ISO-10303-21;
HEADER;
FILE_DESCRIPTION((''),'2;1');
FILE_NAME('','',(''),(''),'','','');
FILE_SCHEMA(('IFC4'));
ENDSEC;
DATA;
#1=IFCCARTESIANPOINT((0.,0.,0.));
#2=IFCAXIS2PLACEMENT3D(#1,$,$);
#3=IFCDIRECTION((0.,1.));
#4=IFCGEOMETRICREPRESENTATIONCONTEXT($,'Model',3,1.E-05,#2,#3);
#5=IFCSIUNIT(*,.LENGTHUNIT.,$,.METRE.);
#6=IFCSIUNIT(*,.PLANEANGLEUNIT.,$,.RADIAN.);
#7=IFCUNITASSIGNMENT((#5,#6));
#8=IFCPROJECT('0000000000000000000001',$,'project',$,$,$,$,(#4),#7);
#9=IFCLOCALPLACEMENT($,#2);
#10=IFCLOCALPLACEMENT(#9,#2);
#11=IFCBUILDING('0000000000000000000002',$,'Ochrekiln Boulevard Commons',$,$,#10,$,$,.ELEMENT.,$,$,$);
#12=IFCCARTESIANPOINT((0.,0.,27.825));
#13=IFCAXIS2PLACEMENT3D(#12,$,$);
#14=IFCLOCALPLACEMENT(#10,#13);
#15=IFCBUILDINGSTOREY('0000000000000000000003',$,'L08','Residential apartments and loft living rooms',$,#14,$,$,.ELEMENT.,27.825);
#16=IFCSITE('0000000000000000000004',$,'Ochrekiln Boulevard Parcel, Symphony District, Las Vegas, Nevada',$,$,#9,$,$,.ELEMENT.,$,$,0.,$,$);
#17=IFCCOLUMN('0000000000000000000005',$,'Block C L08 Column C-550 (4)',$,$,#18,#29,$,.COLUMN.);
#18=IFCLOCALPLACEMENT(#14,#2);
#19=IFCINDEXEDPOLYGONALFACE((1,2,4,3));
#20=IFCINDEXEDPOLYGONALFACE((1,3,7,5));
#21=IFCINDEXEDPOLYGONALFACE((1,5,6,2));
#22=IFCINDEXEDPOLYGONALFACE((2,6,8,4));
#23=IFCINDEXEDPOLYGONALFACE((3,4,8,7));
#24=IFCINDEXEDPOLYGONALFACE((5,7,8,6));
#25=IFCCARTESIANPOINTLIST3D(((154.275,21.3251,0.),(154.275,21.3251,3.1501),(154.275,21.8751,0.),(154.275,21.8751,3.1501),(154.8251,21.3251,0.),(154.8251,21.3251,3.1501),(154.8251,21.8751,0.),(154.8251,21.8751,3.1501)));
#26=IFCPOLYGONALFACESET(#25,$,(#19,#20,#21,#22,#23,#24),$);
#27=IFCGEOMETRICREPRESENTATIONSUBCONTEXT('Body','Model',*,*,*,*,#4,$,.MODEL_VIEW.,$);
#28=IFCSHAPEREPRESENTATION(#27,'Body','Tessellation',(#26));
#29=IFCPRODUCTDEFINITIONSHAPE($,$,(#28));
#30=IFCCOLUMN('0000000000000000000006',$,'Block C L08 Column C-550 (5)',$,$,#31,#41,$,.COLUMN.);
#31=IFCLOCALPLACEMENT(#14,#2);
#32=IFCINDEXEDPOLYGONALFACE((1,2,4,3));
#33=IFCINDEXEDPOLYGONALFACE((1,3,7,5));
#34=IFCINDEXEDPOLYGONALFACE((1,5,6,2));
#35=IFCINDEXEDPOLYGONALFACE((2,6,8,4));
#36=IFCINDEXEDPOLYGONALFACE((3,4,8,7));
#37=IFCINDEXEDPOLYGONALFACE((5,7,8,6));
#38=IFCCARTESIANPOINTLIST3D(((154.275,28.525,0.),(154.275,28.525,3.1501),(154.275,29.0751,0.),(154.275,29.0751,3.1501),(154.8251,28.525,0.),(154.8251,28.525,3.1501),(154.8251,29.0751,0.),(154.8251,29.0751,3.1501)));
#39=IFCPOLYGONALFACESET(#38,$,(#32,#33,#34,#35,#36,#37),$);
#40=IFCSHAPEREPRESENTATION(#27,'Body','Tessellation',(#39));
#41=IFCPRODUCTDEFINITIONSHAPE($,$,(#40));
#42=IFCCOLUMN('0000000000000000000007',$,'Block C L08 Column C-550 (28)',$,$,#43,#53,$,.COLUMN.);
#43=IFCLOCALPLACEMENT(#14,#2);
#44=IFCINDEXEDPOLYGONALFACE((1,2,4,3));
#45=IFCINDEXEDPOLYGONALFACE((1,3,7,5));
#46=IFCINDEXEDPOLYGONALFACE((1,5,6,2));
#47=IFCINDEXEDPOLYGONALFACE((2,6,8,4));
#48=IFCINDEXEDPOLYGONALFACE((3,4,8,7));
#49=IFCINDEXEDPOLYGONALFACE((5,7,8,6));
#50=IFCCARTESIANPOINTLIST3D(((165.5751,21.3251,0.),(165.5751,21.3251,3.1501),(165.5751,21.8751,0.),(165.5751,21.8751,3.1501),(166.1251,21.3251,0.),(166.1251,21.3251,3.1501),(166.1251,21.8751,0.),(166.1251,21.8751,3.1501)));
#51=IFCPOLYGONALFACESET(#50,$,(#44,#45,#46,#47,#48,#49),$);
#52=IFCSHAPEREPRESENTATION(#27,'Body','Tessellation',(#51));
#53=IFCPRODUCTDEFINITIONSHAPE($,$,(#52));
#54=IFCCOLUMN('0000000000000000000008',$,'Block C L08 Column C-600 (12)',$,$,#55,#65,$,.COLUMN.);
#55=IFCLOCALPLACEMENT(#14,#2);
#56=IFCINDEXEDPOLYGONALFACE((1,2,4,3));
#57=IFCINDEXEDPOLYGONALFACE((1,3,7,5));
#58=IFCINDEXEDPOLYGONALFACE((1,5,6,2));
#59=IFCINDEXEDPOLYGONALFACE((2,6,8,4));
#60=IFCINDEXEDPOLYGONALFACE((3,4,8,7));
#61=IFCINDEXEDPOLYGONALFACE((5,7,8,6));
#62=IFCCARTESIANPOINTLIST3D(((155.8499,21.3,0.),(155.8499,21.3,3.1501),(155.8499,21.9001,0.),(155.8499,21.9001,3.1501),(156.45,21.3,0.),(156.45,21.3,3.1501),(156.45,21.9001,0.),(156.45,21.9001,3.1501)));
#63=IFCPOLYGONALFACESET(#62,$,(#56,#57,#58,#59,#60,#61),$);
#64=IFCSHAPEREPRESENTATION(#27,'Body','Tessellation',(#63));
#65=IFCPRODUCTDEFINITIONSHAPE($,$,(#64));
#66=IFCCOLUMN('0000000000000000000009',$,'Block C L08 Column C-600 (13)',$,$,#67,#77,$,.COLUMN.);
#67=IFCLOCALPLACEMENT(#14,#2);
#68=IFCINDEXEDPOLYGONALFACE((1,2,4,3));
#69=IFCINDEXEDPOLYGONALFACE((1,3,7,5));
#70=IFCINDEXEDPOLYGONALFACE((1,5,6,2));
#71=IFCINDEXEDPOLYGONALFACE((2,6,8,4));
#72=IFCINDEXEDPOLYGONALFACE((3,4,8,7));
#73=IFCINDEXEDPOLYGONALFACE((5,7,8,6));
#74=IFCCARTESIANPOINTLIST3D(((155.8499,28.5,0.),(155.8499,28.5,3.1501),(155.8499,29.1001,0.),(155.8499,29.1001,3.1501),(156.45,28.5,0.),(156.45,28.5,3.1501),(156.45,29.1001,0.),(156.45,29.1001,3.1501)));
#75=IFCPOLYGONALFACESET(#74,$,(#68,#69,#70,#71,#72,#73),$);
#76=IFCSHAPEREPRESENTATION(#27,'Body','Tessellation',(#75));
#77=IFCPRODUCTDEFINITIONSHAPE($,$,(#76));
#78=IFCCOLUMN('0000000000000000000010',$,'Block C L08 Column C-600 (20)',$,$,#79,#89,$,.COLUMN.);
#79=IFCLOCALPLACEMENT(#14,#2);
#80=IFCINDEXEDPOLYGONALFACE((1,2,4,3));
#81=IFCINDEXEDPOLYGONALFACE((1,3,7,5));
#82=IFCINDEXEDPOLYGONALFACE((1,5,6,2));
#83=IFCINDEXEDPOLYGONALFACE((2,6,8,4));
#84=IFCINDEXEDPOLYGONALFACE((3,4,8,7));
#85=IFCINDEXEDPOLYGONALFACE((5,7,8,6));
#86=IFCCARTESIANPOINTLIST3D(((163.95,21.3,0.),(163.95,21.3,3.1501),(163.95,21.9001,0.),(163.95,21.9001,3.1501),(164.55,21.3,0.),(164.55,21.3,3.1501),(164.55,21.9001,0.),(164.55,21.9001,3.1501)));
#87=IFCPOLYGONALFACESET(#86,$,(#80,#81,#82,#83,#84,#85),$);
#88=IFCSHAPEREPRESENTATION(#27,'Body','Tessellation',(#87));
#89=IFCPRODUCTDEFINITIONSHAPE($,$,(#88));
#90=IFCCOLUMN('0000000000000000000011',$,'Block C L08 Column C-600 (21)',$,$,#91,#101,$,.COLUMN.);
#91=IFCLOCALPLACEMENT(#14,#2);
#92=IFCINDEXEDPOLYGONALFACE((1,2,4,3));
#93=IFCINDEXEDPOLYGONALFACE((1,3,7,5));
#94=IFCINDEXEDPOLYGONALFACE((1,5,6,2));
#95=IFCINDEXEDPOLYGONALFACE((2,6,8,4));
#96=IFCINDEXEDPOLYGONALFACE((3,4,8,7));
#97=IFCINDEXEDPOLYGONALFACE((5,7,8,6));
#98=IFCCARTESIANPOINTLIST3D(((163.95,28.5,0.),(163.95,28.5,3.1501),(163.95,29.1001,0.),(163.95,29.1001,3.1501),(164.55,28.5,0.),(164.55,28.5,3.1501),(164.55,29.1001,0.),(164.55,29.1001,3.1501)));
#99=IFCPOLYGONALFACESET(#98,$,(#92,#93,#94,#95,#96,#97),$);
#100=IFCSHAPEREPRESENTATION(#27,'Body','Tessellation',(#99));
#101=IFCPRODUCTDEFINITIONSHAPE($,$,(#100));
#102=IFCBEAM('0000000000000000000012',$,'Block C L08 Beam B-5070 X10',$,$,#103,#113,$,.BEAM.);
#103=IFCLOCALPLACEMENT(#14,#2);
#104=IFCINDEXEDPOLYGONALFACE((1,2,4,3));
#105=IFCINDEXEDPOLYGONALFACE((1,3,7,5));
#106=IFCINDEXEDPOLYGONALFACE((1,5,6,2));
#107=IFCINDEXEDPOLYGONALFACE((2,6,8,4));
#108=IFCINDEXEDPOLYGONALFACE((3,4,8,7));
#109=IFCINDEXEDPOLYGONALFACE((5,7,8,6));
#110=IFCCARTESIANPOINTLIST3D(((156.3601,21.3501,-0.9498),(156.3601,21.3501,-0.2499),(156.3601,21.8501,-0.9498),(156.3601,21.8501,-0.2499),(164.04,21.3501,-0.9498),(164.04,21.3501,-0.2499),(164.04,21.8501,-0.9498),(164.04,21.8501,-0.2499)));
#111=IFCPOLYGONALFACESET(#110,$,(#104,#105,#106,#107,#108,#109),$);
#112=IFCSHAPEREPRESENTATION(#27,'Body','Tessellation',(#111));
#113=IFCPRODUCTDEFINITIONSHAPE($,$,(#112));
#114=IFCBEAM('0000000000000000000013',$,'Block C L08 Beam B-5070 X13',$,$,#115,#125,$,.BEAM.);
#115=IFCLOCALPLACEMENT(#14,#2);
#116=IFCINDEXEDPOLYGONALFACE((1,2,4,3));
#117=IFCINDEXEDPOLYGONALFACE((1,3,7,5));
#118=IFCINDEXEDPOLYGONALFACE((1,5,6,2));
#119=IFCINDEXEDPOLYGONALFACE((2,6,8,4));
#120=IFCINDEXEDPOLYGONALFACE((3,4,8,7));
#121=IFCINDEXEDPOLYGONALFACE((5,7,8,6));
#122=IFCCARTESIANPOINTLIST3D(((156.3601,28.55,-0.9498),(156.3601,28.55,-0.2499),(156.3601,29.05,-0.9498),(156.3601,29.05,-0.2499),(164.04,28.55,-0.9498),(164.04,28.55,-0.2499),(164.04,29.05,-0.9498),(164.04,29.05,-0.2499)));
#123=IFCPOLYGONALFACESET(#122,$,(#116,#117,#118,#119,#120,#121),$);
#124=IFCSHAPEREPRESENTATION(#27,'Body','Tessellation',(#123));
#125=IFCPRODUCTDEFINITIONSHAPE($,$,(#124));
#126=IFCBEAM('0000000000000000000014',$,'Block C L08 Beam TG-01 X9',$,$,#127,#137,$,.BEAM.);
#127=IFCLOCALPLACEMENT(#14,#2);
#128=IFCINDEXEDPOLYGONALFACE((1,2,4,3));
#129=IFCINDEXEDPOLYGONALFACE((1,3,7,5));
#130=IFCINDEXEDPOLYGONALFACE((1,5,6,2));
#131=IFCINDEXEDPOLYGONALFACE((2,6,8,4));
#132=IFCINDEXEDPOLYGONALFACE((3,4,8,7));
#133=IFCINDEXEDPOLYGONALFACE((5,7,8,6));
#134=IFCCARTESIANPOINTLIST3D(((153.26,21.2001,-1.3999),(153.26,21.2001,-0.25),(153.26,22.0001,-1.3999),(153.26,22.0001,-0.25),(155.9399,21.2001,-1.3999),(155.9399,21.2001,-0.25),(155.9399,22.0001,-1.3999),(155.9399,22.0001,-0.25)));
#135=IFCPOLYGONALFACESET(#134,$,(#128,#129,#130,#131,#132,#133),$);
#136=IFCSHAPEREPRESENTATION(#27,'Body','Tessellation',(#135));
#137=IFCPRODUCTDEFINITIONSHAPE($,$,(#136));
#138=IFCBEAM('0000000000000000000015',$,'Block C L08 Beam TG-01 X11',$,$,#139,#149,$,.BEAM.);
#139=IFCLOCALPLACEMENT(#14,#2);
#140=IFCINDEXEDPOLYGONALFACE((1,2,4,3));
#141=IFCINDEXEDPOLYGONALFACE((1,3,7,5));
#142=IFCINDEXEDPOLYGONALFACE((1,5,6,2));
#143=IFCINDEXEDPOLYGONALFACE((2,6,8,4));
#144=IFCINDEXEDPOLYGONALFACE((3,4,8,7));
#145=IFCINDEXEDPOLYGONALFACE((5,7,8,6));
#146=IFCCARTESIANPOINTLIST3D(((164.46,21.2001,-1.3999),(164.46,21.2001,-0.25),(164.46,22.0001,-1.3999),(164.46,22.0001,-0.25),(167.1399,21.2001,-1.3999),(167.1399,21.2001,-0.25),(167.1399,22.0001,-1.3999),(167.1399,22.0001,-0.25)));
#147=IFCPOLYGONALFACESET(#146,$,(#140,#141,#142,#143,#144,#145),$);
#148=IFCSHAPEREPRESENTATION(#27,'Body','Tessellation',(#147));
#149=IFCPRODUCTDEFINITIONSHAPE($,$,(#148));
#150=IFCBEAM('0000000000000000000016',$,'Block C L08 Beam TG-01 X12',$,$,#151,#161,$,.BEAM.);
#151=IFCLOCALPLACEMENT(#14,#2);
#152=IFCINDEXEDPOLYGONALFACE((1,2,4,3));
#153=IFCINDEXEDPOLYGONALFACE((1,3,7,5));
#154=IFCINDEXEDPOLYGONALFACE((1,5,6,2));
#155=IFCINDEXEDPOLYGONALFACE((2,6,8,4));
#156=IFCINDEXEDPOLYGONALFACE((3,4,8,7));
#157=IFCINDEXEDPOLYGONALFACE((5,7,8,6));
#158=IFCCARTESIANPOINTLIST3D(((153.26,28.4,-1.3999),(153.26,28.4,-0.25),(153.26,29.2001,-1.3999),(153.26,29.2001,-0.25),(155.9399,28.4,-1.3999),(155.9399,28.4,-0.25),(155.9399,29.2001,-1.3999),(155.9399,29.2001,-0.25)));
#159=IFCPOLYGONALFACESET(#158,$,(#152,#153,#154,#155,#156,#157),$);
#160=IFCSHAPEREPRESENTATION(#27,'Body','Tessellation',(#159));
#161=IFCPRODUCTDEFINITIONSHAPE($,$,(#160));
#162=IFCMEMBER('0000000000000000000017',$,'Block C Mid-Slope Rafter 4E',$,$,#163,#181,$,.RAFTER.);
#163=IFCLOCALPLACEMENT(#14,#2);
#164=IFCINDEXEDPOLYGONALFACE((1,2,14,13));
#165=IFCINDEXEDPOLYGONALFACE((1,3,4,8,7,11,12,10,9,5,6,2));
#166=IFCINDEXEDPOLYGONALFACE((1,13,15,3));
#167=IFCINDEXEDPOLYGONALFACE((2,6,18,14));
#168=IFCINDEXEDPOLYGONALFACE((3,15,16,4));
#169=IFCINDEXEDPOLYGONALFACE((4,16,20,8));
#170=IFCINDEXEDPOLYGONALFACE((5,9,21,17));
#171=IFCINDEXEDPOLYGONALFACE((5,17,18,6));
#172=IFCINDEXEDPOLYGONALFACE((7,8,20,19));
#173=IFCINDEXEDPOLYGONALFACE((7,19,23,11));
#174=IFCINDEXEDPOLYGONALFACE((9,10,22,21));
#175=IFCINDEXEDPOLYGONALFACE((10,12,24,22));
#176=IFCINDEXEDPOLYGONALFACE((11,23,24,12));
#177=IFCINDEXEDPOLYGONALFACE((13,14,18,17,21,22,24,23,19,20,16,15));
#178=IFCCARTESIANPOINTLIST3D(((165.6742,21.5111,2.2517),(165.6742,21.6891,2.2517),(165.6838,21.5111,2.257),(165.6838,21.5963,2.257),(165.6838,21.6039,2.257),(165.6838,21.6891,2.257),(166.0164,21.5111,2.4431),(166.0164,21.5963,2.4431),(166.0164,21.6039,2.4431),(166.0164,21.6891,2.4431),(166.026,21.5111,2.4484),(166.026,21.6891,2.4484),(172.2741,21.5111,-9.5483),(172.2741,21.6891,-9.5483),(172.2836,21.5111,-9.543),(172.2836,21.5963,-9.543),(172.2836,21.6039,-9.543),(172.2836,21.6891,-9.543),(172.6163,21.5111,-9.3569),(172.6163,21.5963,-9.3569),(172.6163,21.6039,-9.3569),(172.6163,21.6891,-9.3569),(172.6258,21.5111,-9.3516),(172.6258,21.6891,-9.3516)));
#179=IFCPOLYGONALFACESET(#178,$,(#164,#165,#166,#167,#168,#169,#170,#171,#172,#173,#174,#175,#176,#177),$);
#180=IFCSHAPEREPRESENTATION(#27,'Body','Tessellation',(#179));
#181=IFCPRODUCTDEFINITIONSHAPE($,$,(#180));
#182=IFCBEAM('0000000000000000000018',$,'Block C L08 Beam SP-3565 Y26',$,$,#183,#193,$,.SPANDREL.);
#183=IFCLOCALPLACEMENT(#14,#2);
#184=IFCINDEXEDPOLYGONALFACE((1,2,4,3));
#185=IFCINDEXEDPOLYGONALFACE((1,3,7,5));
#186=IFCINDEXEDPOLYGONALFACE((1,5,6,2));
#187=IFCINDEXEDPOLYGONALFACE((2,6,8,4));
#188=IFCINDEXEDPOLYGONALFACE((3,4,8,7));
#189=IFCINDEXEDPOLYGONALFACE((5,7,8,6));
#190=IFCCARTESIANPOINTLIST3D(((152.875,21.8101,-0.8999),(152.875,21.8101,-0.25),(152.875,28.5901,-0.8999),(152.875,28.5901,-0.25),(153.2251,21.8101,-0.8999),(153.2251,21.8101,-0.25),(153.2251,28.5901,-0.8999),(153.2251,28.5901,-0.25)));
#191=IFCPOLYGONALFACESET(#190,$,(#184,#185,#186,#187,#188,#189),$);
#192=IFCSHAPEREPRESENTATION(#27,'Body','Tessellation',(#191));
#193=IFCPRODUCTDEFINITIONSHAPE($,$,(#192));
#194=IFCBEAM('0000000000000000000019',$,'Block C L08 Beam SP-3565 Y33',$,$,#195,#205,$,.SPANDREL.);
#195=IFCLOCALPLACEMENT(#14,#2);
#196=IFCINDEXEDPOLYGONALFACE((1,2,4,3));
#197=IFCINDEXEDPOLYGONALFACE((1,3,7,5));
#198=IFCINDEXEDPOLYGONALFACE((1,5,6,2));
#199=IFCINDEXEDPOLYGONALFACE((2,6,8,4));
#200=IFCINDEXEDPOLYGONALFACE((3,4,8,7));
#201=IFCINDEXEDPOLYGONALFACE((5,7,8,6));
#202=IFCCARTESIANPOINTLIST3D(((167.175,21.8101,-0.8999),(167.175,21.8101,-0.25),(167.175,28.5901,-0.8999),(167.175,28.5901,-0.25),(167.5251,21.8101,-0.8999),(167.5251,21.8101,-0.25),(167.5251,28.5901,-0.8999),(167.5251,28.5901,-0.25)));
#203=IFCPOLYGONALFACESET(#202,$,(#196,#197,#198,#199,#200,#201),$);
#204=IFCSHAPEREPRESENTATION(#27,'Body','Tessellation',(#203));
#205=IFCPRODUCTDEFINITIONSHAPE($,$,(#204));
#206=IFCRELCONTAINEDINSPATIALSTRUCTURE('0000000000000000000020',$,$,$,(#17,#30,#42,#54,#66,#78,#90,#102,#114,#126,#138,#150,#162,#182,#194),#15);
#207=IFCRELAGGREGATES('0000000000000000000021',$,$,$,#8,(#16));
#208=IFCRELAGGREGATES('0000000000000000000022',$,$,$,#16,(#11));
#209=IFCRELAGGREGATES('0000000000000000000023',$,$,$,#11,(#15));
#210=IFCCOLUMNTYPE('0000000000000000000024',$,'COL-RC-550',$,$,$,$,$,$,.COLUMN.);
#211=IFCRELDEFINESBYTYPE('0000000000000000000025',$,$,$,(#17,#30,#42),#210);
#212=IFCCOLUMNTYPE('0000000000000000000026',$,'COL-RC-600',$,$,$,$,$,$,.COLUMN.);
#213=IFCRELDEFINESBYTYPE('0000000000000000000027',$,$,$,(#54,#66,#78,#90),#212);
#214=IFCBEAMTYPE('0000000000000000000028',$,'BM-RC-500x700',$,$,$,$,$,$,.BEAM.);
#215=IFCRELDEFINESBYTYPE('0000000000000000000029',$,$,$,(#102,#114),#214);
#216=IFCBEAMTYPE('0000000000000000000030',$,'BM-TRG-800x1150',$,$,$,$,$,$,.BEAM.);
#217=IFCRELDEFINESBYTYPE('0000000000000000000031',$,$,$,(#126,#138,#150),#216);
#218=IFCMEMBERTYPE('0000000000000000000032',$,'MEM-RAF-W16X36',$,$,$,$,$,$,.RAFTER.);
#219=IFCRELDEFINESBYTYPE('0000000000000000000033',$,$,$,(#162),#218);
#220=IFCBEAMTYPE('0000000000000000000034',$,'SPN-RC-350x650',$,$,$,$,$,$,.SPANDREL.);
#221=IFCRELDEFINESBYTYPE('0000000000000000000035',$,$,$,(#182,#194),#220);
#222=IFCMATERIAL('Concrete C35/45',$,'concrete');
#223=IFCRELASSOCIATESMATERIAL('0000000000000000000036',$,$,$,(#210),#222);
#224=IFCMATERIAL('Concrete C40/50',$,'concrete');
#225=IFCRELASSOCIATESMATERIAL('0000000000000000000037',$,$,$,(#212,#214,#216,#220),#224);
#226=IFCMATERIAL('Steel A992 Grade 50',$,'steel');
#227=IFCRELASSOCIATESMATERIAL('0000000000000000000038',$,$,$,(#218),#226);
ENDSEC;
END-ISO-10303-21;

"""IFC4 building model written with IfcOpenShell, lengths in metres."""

from ifc_helpers import new_model, si_unit, direction, frame, origin, origin_2d, place, context, subcontext, project, spatial, rectangle, i_section, extrude, material, material_profile, profile_set, type_object, element, save


model = new_model("IFC4")

# Units and contexts
model_context = context("Model", 3, precision=1e-05, world=origin(), true_north=direction((0.0, 1.0)))
body_context = subcontext(model_context, "Body", "Model", "MODEL_VIEW")
ifc_project = project(units=[si_unit("LENGTHUNIT", "METRE"), si_unit("PLANEANGLEUNIT", "RADIAN")], contexts=[model_context])

# Site, building, storey
site_placement = place(None, origin())
site = spatial("IfcSite", under=ifc_project, at=site_placement, Name="Ochrekiln Boulevard Parcel, Symphony District, Las Vegas, Nevada", CompositionType="ELEMENT", RefElevation=0.0)
building_placement = place(site_placement, origin())
building = spatial("IfcBuilding", under=site, at=building_placement, Name="Ochrekiln Boulevard Commons", CompositionType="ELEMENT")
storey_placement = place(building_placement, frame((0.0, 0.0, 27.825)))
storey = spatial("IfcBuildingStorey", under=building, at=storey_placement, Name="L08", Description="Residential apartments and loft living rooms", CompositionType="ELEMENT", Elevation=27.825)

# Columns
ifc_material_1 = material(Name="Concrete C35/45", Category="concrete")
ifc_material_profile_1 = material_profile(ifc_material_1, rectangle(XDim=0.55, YDim=0.55, at=origin_2d()), Name="RC-COL-550x550")
ifc_profile_set_1 = profile_set([ifc_material_profile_1], Name="Concrete C35/45")
column_type_1 = type_object("IfcColumnType", Name="COL-RC-550", PredefinedType="COLUMN", material=ifc_profile_set_1)
for number, where, z_axis, x_axis, name in (
    (1, (154.55, 21.6001, 0.0), (0.0, 0.0, 1.0), (1.0, 0.0, 0.0), "Block C L08 Column C-550 (4)"),
    (2, (154.55, 28.8, 0.0), (0.0, 0.0, 1.0), (1.0, 0.0, 0.0), "Block C L08 Column C-550 (5)"),
    (3, (165.8501, 21.6001, 0.0), (0.0, 0.0, 1.0), (1.0, 0.0, 0.0), "Block C L08 Column C-550 (28)"),
):
    element("IfcColumn", number, at=place(storey_placement, frame(where, z_axis=z_axis, x_axis=x_axis)), inside=storey, type_object=column_type_1, Name=name, PredefinedType="COLUMN", context=body_context, shape_type="SweptSolid", body=[
        extrude(rectangle(XDim=0.55, YDim=0.55, at=origin_2d()), origin(), (0.0, 0.0, 1.0), 3.1501),
    ])
ifc_material_2 = material(Name="Concrete C40/50", Category="concrete")
ifc_material_profile_2 = material_profile(ifc_material_2, rectangle(XDim=0.6001, YDim=0.6001, at=origin_2d()), Name="RC-COL-600x600")
ifc_profile_set_2 = profile_set([ifc_material_profile_2], Name="Concrete C40/50")
column_type_2 = type_object("IfcColumnType", Name="COL-RC-600", PredefinedType="COLUMN", material=ifc_profile_set_2)
for number, where, z_axis, x_axis, name in (
    (4, (156.1499, 21.6001, 0.0), (0.0, 0.0, 1.0), (1.0, 0.0, 0.0), "Block C L08 Column C-600 (12)"),
    (5, (156.1499, 28.8, 0.0), (0.0, 0.0, 1.0), (1.0, 0.0, 0.0), "Block C L08 Column C-600 (13)"),
    (6, (164.25, 21.6001, 0.0), (0.0, 0.0, 1.0), (1.0, 0.0, 0.0), "Block C L08 Column C-600 (20)"),
    (7, (164.25, 28.8, 0.0), (0.0, 0.0, 1.0), (1.0, 0.0, 0.0), "Block C L08 Column C-600 (21)"),
):
    element("IfcColumn", number, at=place(storey_placement, frame(where, z_axis=z_axis, x_axis=x_axis)), inside=storey, type_object=column_type_2, Name=name, PredefinedType="COLUMN", context=body_context, shape_type="SweptSolid", body=[
        extrude(rectangle(XDim=0.6001, YDim=0.6001, at=origin_2d()), origin(), (0.0, 0.0, 1.0), 3.1501),
    ])

# Beams
ifc_material_profile_3 = material_profile(ifc_material_2, rectangle(XDim=0.5, YDim=0.7, at=origin_2d()), Name="RC-BM-500x700")
ifc_profile_set_3 = profile_set([ifc_material_profile_3], Name="Concrete C40/50")
beam_type_1 = type_object("IfcBeamType", Name="BM-RC-500x700", PredefinedType="BEAM", material=ifc_profile_set_3)
for number, where, z_axis, x_axis, name in (
    (8, (156.3601, 21.6001, -0.5999), (1.0, 0.0, 0.0), (0.0, 1.0, 0.0), "Block C L08 Beam B-5070 X10"),
    (9, (156.3601, 28.8, -0.5999), (1.0, 0.0, 0.0), (0.0, 1.0, 0.0), "Block C L08 Beam B-5070 X13"),
):
    element("IfcBeam", number, at=place(storey_placement, frame(where, z_axis=z_axis, x_axis=x_axis)), inside=storey, type_object=beam_type_1, Name=name, PredefinedType="BEAM", context=body_context, shape_type="SweptSolid", body=[
        extrude(rectangle(XDim=0.5, YDim=0.7, at=origin_2d()), origin(), (0.0, 0.0, 1.0), 7.6799),
    ])
ifc_material_profile_4 = material_profile(ifc_material_2, rectangle(XDim=0.8, YDim=1.1499, at=origin_2d()), Name="RC-TRG-800x1150")
ifc_profile_set_4 = profile_set([ifc_material_profile_4], Name="Concrete C40/50")
beam_type_2 = type_object("IfcBeamType", Name="BM-TRG-800x1150", PredefinedType="BEAM", material=ifc_profile_set_4)
for number, where, z_axis, x_axis, name in (
    (10, (153.26, 21.6001, -0.825), (1.0, 0.0, 0.0), (0.0, 1.0, 0.0), "Block C L08 Beam TG-01 X9"),
    (11, (164.46, 21.6001, -0.825), (1.0, 0.0, 0.0), (0.0, 1.0, 0.0), "Block C L08 Beam TG-01 X11"),
    (12, (153.26, 28.8, -0.825), (1.0, 0.0, 0.0), (0.0, 1.0, 0.0), "Block C L08 Beam TG-01 X12"),
):
    element("IfcBeam", number, at=place(storey_placement, frame(where, z_axis=z_axis, x_axis=x_axis)), inside=storey, type_object=beam_type_2, Name=name, PredefinedType="BEAM", context=body_context, shape_type="SweptSolid", body=[
        extrude(rectangle(XDim=0.8, YDim=1.1499, at=origin_2d()), origin(), (0.0, 0.0, 1.0), 2.6799),
    ])

# Member
ifc_material_3 = material(Name="Steel A992 Grade 50", Category="steel")
ifc_material_profile_5 = material_profile(ifc_material_3, i_section(OverallWidth=0.178, OverallDepth=0.4031, WebThickness=0.0076, FlangeThickness=0.011, at=origin_2d()), Name="W16X36")
ifc_profile_set_5 = profile_set([ifc_material_profile_5], Name="Steel A992 Grade 50")
member_type = type_object("IfcMemberType", Name="MEM-RAF-W16X36", PredefinedType="RAFTER", material=ifc_profile_set_5)
member_placement = place(storey_placement, frame((172.45, 21.6001, -9.45), z_axis=(-0.488143, 0.0, 0.872764), x_axis=(0.0, -1.0, 0.0)))
element("IfcMember", 13, at=member_placement, inside=storey, type_object=member_type, Name="Block C Mid-Slope Rafter 4E", PredefinedType="RAFTER", context=body_context, shape_type="SweptSolid", body=[
    extrude(i_section(OverallWidth=0.178, OverallDepth=0.4031, WebThickness=0.0076, FlangeThickness=0.011, at=origin_2d()), origin(), (0.0, 0.0, 1.0), 13.5203),
])

# Beams
ifc_material_profile_6 = material_profile(ifc_material_2, rectangle(XDim=0.3501, YDim=0.6499, at=origin_2d()), Name="RC-SPN-350x650")
ifc_profile_set_6 = profile_set([ifc_material_profile_6], Name="Concrete C40/50")
beam_type_3 = type_object("IfcBeamType", Name="SPN-RC-350x650", PredefinedType="SPANDREL", material=ifc_profile_set_6)
for number, where, z_axis, x_axis, name in (
    (14, (153.05, 21.8101, -0.575), (0.0, 1.0, 0.0), (-1.0, 0.0, 0.0), "Block C L08 Beam SP-3565 Y26"),
    (15, (167.3501, 21.8101, -0.575), (0.0, 1.0, 0.0), (-1.0, 0.0, 0.0), "Block C L08 Beam SP-3565 Y33"),
):
    element("IfcBeam", number, at=place(storey_placement, frame(where, z_axis=z_axis, x_axis=x_axis)), inside=storey, type_object=beam_type_3, Name=name, PredefinedType="SPANDREL", context=body_context, shape_type="SweptSolid", body=[
        extrude(rectangle(XDim=0.3501, YDim=0.6499, at=origin_2d()), origin(), (0.0, 0.0, 1.0), 6.78),
    ])

save(model, "model.ifc")
